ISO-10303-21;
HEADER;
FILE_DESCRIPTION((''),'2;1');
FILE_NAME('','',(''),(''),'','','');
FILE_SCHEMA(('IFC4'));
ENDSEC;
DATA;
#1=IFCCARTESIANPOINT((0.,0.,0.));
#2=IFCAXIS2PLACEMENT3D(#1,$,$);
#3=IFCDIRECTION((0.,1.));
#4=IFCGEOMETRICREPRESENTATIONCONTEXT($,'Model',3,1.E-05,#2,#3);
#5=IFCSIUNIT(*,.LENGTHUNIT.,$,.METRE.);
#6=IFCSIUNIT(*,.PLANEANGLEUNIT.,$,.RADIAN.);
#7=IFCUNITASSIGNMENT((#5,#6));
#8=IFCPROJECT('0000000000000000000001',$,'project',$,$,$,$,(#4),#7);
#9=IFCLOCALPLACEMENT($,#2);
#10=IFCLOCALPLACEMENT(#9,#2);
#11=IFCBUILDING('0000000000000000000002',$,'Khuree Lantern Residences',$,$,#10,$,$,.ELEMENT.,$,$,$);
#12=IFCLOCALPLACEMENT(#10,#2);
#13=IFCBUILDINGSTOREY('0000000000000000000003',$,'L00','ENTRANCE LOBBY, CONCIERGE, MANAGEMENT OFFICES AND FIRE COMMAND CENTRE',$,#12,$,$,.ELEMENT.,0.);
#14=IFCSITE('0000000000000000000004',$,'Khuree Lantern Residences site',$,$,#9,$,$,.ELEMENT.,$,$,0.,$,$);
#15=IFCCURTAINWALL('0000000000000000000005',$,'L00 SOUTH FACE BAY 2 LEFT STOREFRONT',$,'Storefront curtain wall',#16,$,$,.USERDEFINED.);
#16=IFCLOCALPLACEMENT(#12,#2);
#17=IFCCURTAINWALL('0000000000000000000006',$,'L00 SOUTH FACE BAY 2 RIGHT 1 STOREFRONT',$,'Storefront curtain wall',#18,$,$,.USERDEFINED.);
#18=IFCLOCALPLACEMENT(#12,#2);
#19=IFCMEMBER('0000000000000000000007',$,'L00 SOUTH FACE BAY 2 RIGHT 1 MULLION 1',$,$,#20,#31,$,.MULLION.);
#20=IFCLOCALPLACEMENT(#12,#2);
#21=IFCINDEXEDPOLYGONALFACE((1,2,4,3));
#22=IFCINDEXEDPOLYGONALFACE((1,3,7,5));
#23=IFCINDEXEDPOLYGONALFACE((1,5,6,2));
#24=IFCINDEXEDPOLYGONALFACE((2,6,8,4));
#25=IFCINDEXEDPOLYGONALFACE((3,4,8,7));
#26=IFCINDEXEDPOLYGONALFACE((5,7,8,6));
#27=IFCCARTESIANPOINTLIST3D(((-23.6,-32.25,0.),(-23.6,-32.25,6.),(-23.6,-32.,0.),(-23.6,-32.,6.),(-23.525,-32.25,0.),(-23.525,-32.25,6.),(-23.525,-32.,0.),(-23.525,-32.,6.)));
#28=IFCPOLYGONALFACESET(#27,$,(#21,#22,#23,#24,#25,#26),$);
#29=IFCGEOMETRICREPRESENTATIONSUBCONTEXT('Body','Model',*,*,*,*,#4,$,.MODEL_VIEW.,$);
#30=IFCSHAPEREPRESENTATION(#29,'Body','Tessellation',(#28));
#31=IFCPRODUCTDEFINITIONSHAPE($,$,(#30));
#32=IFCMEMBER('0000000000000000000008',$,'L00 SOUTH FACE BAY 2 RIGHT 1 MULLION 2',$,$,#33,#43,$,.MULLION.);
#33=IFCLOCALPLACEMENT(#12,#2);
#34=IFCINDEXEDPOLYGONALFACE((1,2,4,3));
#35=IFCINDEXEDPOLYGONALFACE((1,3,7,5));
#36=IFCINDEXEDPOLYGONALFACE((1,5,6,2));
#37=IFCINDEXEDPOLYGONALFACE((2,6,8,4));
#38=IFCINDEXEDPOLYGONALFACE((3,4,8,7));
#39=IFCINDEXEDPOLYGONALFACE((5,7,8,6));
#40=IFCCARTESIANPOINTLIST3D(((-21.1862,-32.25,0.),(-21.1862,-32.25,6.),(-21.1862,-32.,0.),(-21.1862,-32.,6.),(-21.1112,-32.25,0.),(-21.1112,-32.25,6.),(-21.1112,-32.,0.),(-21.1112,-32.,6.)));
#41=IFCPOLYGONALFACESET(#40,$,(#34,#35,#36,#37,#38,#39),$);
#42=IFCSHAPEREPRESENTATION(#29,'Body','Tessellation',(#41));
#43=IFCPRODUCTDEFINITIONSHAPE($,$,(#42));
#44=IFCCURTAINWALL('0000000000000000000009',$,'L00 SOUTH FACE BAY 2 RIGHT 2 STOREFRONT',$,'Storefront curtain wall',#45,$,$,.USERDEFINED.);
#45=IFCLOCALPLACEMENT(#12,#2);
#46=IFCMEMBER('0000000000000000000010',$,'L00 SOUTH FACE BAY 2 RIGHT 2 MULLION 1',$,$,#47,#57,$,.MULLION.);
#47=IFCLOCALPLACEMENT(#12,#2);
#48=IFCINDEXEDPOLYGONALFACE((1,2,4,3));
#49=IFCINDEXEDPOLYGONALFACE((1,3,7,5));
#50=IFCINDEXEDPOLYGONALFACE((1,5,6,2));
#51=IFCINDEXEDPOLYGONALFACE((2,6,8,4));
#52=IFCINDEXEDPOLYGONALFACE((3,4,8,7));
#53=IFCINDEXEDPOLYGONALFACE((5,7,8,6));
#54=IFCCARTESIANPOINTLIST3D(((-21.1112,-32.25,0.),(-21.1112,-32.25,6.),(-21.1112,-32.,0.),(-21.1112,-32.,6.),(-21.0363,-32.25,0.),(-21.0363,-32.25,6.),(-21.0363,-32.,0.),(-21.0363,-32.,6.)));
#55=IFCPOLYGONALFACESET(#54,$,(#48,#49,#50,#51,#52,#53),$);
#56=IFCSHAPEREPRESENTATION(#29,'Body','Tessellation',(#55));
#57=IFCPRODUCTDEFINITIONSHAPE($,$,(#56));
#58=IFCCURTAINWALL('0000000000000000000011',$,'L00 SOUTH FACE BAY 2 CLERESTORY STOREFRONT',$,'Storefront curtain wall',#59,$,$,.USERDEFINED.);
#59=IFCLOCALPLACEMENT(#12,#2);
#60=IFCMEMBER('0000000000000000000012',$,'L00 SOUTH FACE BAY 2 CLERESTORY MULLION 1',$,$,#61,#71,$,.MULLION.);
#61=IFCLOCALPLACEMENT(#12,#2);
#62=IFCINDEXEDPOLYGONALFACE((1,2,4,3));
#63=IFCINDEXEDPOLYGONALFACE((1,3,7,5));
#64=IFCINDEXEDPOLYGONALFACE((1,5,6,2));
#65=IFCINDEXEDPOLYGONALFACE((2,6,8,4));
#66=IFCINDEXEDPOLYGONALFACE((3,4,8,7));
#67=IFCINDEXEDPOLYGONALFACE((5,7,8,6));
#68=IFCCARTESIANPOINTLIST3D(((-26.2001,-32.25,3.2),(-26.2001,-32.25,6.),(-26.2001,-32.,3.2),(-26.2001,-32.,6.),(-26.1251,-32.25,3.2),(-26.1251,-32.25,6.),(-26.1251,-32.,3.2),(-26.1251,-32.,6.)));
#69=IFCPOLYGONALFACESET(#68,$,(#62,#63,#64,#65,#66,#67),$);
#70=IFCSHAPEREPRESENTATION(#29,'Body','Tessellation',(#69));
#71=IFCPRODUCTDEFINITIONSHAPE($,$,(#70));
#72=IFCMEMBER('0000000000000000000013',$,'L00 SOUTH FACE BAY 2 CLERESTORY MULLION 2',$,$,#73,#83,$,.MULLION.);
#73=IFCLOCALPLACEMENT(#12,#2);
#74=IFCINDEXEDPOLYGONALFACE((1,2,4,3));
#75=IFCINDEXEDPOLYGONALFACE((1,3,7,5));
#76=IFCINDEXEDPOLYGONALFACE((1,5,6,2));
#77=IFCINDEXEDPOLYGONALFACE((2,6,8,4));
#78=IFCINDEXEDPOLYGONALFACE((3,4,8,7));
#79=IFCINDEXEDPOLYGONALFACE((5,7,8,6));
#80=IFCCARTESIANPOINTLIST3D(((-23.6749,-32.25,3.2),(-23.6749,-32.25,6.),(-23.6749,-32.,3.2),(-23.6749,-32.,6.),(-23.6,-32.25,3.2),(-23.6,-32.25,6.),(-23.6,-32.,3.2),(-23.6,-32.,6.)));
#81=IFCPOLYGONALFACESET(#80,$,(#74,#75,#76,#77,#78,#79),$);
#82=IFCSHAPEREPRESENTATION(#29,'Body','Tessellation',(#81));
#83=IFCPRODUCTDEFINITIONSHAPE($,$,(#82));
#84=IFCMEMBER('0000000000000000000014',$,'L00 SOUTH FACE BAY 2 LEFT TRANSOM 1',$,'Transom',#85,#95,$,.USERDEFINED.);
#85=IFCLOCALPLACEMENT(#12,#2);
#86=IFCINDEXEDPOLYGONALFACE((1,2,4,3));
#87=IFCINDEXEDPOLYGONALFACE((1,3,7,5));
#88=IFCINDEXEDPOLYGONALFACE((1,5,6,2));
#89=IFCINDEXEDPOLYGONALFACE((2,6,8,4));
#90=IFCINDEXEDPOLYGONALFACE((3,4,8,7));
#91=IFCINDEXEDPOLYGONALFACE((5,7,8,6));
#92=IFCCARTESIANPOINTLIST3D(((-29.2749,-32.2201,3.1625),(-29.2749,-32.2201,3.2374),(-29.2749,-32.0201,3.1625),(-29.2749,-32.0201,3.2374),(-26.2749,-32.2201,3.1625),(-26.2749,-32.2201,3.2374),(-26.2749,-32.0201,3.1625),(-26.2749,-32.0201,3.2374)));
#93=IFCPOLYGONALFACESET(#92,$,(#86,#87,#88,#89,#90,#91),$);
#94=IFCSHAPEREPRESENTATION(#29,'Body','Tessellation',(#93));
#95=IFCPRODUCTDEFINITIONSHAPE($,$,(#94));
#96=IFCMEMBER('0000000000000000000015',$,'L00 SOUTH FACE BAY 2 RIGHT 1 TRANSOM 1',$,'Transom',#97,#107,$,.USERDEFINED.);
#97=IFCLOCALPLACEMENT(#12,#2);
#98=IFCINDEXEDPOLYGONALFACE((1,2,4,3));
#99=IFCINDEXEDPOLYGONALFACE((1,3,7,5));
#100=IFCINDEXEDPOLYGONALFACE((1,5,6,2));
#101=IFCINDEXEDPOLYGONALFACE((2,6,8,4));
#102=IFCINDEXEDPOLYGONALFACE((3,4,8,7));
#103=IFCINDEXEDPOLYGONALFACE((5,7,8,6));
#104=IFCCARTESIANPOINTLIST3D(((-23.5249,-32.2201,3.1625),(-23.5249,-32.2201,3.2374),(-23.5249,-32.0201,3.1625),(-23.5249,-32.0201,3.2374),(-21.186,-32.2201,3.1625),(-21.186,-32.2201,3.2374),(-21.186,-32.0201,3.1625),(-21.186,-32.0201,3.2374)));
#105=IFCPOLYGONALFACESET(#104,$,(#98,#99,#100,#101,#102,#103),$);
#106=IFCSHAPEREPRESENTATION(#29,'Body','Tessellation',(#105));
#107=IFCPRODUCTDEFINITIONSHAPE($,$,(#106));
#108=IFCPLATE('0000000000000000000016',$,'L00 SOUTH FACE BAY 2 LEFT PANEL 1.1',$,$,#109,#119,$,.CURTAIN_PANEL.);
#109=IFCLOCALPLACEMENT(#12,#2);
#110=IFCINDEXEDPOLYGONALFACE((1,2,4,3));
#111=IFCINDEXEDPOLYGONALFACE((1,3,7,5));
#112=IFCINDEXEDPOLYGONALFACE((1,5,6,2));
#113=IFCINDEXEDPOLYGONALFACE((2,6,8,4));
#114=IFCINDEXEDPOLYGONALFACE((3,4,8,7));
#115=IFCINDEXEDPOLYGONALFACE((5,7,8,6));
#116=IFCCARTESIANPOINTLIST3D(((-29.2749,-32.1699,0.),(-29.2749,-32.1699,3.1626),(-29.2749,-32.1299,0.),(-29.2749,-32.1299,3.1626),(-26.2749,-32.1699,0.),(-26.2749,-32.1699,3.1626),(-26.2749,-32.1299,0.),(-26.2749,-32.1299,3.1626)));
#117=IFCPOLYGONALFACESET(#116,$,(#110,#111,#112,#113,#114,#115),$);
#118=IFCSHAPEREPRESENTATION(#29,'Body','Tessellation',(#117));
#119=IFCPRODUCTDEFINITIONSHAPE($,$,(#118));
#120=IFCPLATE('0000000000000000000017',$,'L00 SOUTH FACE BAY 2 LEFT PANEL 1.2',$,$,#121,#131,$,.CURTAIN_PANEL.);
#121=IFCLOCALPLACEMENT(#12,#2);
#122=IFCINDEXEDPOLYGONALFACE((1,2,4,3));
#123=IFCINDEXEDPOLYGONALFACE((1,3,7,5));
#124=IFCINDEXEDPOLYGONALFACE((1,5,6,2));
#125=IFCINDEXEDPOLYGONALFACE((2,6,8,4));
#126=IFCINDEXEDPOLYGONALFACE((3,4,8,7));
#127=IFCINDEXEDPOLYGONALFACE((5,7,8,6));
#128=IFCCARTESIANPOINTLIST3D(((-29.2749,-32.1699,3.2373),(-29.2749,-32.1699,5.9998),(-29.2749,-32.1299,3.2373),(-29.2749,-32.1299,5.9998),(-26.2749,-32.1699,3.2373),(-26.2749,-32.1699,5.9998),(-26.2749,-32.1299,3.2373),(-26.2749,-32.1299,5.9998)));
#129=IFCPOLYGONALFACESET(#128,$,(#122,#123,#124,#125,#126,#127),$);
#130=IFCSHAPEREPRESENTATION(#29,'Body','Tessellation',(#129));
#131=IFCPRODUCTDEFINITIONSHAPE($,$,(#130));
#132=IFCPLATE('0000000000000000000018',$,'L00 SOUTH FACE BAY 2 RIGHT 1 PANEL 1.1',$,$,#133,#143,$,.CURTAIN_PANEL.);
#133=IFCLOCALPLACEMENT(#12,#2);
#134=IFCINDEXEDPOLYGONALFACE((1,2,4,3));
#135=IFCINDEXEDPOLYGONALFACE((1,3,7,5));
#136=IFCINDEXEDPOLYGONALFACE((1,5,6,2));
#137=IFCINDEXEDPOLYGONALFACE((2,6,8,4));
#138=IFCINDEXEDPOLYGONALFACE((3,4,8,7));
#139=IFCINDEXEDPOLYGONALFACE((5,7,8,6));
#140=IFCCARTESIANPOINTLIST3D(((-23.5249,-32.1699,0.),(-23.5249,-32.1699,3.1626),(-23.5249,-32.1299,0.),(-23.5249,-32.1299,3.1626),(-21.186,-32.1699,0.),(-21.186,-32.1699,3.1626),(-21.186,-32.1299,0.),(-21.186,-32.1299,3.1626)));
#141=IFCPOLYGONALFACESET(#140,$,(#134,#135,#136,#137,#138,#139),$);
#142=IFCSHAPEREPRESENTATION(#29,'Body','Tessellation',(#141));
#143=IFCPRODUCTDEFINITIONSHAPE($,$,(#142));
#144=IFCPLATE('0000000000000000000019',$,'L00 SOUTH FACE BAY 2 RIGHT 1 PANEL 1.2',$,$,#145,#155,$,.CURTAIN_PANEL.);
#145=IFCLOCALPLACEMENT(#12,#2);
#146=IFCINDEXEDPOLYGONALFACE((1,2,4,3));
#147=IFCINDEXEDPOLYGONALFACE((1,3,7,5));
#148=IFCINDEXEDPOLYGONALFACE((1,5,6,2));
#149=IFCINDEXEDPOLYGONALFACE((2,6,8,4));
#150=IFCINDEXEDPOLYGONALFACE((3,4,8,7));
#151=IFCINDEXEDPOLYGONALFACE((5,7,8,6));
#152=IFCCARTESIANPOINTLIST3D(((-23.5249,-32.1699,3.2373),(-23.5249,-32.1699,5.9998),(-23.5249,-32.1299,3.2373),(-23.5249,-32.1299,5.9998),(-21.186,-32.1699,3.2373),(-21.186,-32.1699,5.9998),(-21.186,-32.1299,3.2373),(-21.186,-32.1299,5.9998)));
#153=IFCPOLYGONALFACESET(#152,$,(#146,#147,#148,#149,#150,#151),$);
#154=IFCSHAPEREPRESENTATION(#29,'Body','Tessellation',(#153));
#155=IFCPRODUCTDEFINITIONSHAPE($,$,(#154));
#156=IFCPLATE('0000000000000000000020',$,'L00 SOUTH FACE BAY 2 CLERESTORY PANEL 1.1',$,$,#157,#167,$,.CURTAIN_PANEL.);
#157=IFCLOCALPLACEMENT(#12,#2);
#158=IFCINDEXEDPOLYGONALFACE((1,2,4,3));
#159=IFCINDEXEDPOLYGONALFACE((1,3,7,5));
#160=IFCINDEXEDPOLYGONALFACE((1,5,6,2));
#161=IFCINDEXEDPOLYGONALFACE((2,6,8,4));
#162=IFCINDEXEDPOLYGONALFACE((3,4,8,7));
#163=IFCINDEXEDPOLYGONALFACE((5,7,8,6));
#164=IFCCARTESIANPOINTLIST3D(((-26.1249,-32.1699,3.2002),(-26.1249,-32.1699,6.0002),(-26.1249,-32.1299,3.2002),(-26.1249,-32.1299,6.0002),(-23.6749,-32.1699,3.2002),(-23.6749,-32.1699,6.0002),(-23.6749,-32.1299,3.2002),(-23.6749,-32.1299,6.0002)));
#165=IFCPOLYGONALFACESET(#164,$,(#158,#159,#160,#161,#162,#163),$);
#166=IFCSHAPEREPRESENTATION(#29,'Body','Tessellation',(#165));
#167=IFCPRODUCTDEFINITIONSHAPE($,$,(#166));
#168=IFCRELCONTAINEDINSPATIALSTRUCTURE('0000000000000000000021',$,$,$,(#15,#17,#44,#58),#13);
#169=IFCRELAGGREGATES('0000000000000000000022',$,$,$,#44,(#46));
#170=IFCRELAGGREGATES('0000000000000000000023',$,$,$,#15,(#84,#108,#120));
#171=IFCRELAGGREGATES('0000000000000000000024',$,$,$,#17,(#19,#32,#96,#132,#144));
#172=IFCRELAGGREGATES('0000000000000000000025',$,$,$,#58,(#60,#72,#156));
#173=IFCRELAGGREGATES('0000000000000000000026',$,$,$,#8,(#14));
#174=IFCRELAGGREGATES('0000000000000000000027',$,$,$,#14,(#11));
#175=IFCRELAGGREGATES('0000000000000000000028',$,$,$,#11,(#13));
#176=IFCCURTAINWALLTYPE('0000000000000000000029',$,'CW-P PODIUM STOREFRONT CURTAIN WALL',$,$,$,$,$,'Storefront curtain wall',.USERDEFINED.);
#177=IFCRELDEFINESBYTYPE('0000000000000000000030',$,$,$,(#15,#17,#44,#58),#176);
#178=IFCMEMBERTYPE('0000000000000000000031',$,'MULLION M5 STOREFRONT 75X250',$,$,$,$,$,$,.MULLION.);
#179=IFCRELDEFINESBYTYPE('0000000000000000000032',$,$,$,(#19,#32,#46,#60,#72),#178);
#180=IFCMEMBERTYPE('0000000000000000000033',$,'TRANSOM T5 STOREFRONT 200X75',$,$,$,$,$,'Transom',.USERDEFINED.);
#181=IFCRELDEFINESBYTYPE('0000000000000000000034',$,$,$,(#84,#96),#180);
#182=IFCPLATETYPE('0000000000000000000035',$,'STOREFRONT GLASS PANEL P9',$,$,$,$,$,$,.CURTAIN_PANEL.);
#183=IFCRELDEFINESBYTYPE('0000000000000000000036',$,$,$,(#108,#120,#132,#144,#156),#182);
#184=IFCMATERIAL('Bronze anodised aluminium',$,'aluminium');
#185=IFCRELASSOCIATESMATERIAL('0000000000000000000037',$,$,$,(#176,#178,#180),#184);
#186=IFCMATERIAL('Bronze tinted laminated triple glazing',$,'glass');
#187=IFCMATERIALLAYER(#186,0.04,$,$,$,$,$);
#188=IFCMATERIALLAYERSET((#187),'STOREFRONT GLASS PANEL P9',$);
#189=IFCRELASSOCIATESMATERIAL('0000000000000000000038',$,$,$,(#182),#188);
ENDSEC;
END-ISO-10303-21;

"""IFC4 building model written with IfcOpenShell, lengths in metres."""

from ifc_helpers import new_model, si_unit, direction, frame, origin, origin_2d, place, context, subcontext, project, spatial, rectangle, extrude, material, layer, layer_set, material_profile, profile_set, type_object, element, aggregate, save


model = new_model("IFC4")

# Units and contexts
model_context = context("Model", 3, precision=1e-05, world=origin(), true_north=direction((0.0, 1.0)))
body_context = subcontext(model_context, "Body", "Model", "MODEL_VIEW")
ifc_project = project(units=[si_unit("LENGTHUNIT", "METRE"), si_unit("PLANEANGLEUNIT", "RADIAN")], contexts=[model_context])

# Site, building, storey
site_placement = place(None, origin())
site = spatial("IfcSite", under=ifc_project, at=site_placement, Name="Khuree Lantern Residences site", CompositionType="ELEMENT", RefElevation=0.0)
building_placement = place(site_placement, origin())
building = spatial("IfcBuilding", under=site, at=building_placement, Name="Khuree Lantern Residences", CompositionType="ELEMENT")
storey_placement = place(building_placement, origin())
storey = spatial("IfcBuildingStorey", under=building, at=storey_placement, Name="L00", Description="ENTRANCE LOBBY, CONCIERGE, MANAGEMENT OFFICES AND FIRE COMMAND CENTRE", CompositionType="ELEMENT", Elevation=0.0)

# Shared definitions
ifc_material_1 = material(Name="Bronze anodised aluminium", Category="aluminium")
curtain_wall_type = type_object("IfcCurtainWallType", Name="CW-P PODIUM STOREFRONT CURTAIN WALL", ElementType="Storefront curtain wall", PredefinedType="USERDEFINED", material=ifc_material_1)
ifc_material_profile_1 = material_profile(ifc_material_1, rectangle(XDim=0.075, YDim=0.25, at=origin_2d()), Name="M5 75X250")
ifc_profile_set_1 = profile_set([ifc_material_profile_1], Name="Bronze anodised aluminium")
member_type_1 = type_object("IfcMemberType", Name="MULLION M5 STOREFRONT 75X250", PredefinedType="MULLION", material=ifc_profile_set_1)

# Curtain walls, members
curtain_wall_1_placement = place(storey_placement, origin())
curtain_wall_1 = element("IfcCurtainWall", 1, at=curtain_wall_1_placement, inside=storey, type_object=curtain_wall_type, Name="L00 SOUTH FACE BAY 2 LEFT STOREFRONT", ObjectType="Storefront curtain wall", PredefinedType="USERDEFINED")
curtain_wall_2_placement = place(storey_placement, origin())
curtain_wall_2 = element("IfcCurtainWall", 2, at=curtain_wall_2_placement, inside=storey, type_object=curtain_wall_type, Name="L00 SOUTH FACE BAY 2 RIGHT 1 STOREFRONT", ObjectType="Storefront curtain wall", PredefinedType="USERDEFINED")
member_1_placement = place(storey_placement, frame((-23.5625, -32.125, 0.0), z_axis=(0.0, 0.0, 1.0), x_axis=(1.0, 0.0, 0.0)))
member_1 = element("IfcMember", 3, at=member_1_placement, type_object=member_type_1, Name="L00 SOUTH FACE BAY 2 RIGHT 1 MULLION 1", PredefinedType="MULLION", context=body_context, shape_type="SweptSolid", body=[
    extrude(rectangle(XDim=0.075, YDim=0.25, at=origin_2d()), origin(), (0.0, 0.0, 1.0), 6.0),
])
member_2_placement = place(storey_placement, frame((-21.1487, -32.125, 0.0), z_axis=(0.0, 0.0, 1.0), x_axis=(1.0, 0.0, 0.0)))
member_2 = element("IfcMember", 4, at=member_2_placement, type_object=member_type_1, Name="L00 SOUTH FACE BAY 2 RIGHT 1 MULLION 2", PredefinedType="MULLION", context=body_context, shape_type="SweptSolid", body=[
    extrude(rectangle(XDim=0.075, YDim=0.25, at=origin_2d()), origin(), (0.0, 0.0, 1.0), 6.0),
])

# Curtain wall, member
curtain_wall_3_placement = place(storey_placement, origin())
curtain_wall_3 = element("IfcCurtainWall", 5, at=curtain_wall_3_placement, inside=storey, type_object=curtain_wall_type, Name="L00 SOUTH FACE BAY 2 RIGHT 2 STOREFRONT", ObjectType="Storefront curtain wall", PredefinedType="USERDEFINED")
member_3_placement = place(storey_placement, frame((-21.0737, -32.125, 0.0), z_axis=(0.0, 0.0, 1.0), x_axis=(1.0, 0.0, 0.0)))
member_3 = element("IfcMember", 6, at=member_3_placement, type_object=member_type_1, Name="L00 SOUTH FACE BAY 2 RIGHT 2 MULLION 1", PredefinedType="MULLION", context=body_context, shape_type="SweptSolid", body=[
    extrude(rectangle(XDim=0.075, YDim=0.25, at=origin_2d()), origin(), (0.0, 0.0, 1.0), 6.0),
])
aggregate(curtain_wall_3, [member_3])

# Curtain wall, members
curtain_wall_4_placement = place(storey_placement, origin())
curtain_wall_4 = element("IfcCurtainWall", 7, at=curtain_wall_4_placement, inside=storey, type_object=curtain_wall_type, Name="L00 SOUTH FACE BAY 2 CLERESTORY STOREFRONT", ObjectType="Storefront curtain wall", PredefinedType="USERDEFINED")
member_4_placement = place(storey_placement, frame((-26.1626, -32.125, 3.2), z_axis=(0.0, 0.0, 1.0), x_axis=(1.0, 0.0, 0.0)))
member_4 = element("IfcMember", 8, at=member_4_placement, type_object=member_type_1, Name="L00 SOUTH FACE BAY 2 CLERESTORY MULLION 1", PredefinedType="MULLION", context=body_context, shape_type="SweptSolid", body=[
    extrude(rectangle(XDim=0.075, YDim=0.25, at=origin_2d()), origin(), (0.0, 0.0, 1.0), 2.8),
])
member_5_placement = place(storey_placement, frame((-23.6375, -32.125, 3.2), z_axis=(0.0, 0.0, 1.0), x_axis=(1.0, 0.0, 0.0)))
member_5 = element("IfcMember", 9, at=member_5_placement, type_object=member_type_1, Name="L00 SOUTH FACE BAY 2 CLERESTORY MULLION 2", PredefinedType="MULLION", context=body_context, shape_type="SweptSolid", body=[
    extrude(rectangle(XDim=0.075, YDim=0.25, at=origin_2d()), origin(), (0.0, 0.0, 1.0), 2.8),
])

# Members
ifc_material_profile_2 = material_profile(ifc_material_1, rectangle(XDim=0.2, YDim=0.075, at=origin_2d()), Name="T5 200X75")
ifc_profile_set_2 = profile_set([ifc_material_profile_2], Name="Bronze anodised aluminium")
member_type_2 = type_object("IfcMemberType", Name="TRANSOM T5 STOREFRONT 200X75", ElementType="Transom", PredefinedType="USERDEFINED", material=ifc_profile_set_2)
member_6_placement = place(storey_placement, frame((-29.2749, -32.1201, 3.2), z_axis=(1.0, 0.0, 0.0), x_axis=(0.0, 1.0, 0.0)))
member_6 = element("IfcMember", 10, at=member_6_placement, type_object=member_type_2, Name="L00 SOUTH FACE BAY 2 LEFT TRANSOM 1", ObjectType="Transom", PredefinedType="USERDEFINED", context=body_context, shape_type="SweptSolid", body=[
    extrude(rectangle(XDim=0.2, YDim=0.075, at=origin_2d()), origin(), (0.0, 0.0, 1.0), 3.0),
])
member_7_placement = place(storey_placement, frame((-23.5249, -32.1201, 3.2), z_axis=(1.0, 0.0, 0.0), x_axis=(0.0, 1.0, 0.0)))
member_7 = element("IfcMember", 11, at=member_7_placement, type_object=member_type_2, Name="L00 SOUTH FACE BAY 2 RIGHT 1 TRANSOM 1", ObjectType="Transom", PredefinedType="USERDEFINED", context=body_context, shape_type="SweptSolid", body=[
    extrude(rectangle(XDim=0.2, YDim=0.075, at=origin_2d()), origin(), (0.0, 0.0, 1.0), 2.3389),
])

# Plates
ifc_material_2 = material(Name="Bronze tinted laminated triple glazing", Category="glass")
ifc_layer_1 = layer(ifc_material_2, 0.04)
ifc_layer_set_1 = layer_set([ifc_layer_1], Name="STOREFRONT GLASS PANEL P9")
plate_type = type_object("IfcPlateType", Name="STOREFRONT GLASS PANEL P9", PredefinedType="CURTAIN_PANEL", material=ifc_layer_set_1)
plate_1_placement = place(storey_placement, frame((-27.7749, -32.1499, 0.0), z_axis=(0.0, 0.0, 1.0), x_axis=(1.0, 0.0, 0.0)))
plate_1 = element("IfcPlate", 12, at=plate_1_placement, type_object=plate_type, Name="L00 SOUTH FACE BAY 2 LEFT PANEL 1.1", PredefinedType="CURTAIN_PANEL", context=body_context, shape_type="SweptSolid", body=[
    extrude(rectangle(XDim=3.0, YDim=0.04, at=origin_2d()), origin(), (0.0, 0.0, 1.0), 3.1626),
])
plate_2_placement = place(storey_placement, frame((-27.7749, -32.1499, 3.2373), z_axis=(0.0, 0.0, 1.0), x_axis=(1.0, 0.0, 0.0)))
plate_2 = element("IfcPlate", 13, at=plate_2_placement, type_object=plate_type, Name="L00 SOUTH FACE BAY 2 LEFT PANEL 1.2", PredefinedType="CURTAIN_PANEL", context=body_context, shape_type="SweptSolid", body=[
    extrude(rectangle(XDim=3.0, YDim=0.04, at=origin_2d()), origin(), (0.0, 0.0, 1.0), 2.7625),
])
aggregate(curtain_wall_1, [member_6, plate_1, plate_2])
plate_3_placement = place(storey_placement, frame((-22.3555, -32.1499, 0.0), z_axis=(0.0, 0.0, 1.0), x_axis=(1.0, 0.0, 0.0)))
plate_3 = element("IfcPlate", 14, at=plate_3_placement, type_object=plate_type, Name="L00 SOUTH FACE BAY 2 RIGHT 1 PANEL 1.1", PredefinedType="CURTAIN_PANEL", context=body_context, shape_type="SweptSolid", body=[
    extrude(rectangle(XDim=2.3389, YDim=0.04, at=origin_2d()), origin(), (0.0, 0.0, 1.0), 3.1626),
])
plate_4_placement = place(storey_placement, frame((-22.3555, -32.1499, 3.2373), z_axis=(0.0, 0.0, 1.0), x_axis=(1.0, 0.0, 0.0)))
plate_4 = element("IfcPlate", 15, at=plate_4_placement, type_object=plate_type, Name="L00 SOUTH FACE BAY 2 RIGHT 1 PANEL 1.2", PredefinedType="CURTAIN_PANEL", context=body_context, shape_type="SweptSolid", body=[
    extrude(rectangle(XDim=2.3389, YDim=0.04, at=origin_2d()), origin(), (0.0, 0.0, 1.0), 2.7625),
])
aggregate(curtain_wall_2, [member_1, member_2, member_7, plate_3, plate_4])
plate_5_placement = place(storey_placement, frame((-24.8999, -32.1499, 3.2002), z_axis=(0.0, 0.0, 1.0), x_axis=(1.0, 0.0, 0.0)))
plate_5 = element("IfcPlate", 16, at=plate_5_placement, type_object=plate_type, Name="L00 SOUTH FACE BAY 2 CLERESTORY PANEL 1.1", PredefinedType="CURTAIN_PANEL", context=body_context, shape_type="SweptSolid", body=[
    extrude(rectangle(XDim=2.45, YDim=0.04, at=origin_2d()), origin(), (0.0, 0.0, 1.0), 2.8),
])
aggregate(curtain_wall_4, [member_4, member_5, plate_5])

save(model, "model.ifc")
